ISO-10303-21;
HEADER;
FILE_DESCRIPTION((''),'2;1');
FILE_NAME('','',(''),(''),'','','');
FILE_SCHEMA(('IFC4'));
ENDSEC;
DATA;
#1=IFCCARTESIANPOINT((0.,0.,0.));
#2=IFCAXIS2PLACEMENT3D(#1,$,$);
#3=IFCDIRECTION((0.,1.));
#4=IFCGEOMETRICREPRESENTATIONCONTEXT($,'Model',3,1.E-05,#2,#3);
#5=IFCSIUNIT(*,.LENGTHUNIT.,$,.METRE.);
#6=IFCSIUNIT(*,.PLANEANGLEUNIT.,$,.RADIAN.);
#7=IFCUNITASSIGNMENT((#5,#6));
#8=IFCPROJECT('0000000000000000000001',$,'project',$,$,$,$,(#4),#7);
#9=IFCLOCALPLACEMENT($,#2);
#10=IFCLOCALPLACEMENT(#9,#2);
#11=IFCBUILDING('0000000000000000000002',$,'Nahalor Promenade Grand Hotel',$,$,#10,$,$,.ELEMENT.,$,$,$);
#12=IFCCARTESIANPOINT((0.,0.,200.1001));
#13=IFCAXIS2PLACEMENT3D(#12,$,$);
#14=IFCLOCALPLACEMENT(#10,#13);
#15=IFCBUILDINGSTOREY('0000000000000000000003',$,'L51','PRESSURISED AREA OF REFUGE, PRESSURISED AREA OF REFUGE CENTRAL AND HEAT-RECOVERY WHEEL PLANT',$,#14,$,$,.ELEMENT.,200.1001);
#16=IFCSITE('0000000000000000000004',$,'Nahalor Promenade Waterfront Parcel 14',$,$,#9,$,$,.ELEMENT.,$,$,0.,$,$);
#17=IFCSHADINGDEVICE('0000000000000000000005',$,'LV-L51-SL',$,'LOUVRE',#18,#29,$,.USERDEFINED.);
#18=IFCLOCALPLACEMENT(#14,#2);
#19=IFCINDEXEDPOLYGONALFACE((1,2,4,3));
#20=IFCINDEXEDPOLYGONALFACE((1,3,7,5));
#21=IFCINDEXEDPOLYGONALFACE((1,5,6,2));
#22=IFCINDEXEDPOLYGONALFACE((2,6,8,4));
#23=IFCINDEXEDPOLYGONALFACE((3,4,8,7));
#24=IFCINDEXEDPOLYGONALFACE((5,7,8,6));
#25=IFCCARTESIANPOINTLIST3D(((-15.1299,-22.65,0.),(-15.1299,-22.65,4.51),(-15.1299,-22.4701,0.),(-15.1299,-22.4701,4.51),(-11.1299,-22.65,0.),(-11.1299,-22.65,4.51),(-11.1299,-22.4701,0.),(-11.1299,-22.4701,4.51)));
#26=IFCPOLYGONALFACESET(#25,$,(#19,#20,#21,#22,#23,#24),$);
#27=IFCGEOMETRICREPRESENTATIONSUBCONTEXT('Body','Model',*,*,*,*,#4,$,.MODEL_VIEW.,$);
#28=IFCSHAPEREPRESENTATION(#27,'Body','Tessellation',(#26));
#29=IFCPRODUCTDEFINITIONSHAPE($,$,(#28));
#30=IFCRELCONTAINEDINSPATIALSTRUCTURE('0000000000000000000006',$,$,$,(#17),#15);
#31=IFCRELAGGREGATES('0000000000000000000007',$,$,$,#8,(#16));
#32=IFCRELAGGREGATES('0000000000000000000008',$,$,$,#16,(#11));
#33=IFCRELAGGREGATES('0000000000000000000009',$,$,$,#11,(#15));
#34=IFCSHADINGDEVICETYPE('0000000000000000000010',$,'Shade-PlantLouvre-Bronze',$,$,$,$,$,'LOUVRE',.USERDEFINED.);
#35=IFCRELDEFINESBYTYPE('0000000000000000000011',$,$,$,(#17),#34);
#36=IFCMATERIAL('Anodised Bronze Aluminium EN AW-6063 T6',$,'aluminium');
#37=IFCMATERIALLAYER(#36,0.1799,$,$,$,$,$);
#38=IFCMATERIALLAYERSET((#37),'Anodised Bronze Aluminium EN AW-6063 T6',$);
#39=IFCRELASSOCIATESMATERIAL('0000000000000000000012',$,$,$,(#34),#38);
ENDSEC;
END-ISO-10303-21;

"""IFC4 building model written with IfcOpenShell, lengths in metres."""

from ifc_helpers import new_model, si_unit, direction, frame, origin, origin_2d, place, context, subcontext, project, spatial, rectangle, extrude, source, transform, mapped, material, layer, layer_set, type_object, element, save


model = new_model("IFC4")

# Units and contexts
model_context = context("Model", 3, precision=1e-05, world=origin(), true_north=direction((0.0, 1.0)))
body_context = subcontext(model_context, "Body", "Model", "MODEL_VIEW")
ifc_project = project(units=[si_unit("LENGTHUNIT", "METRE"), si_unit("PLANEANGLEUNIT", "RADIAN")], contexts=[model_context])

# Site, building, storey
site_placement = place(None, origin())
site = spatial("IfcSite", under=ifc_project, at=site_placement, Name="Nahalor Promenade Waterfront Parcel 14", CompositionType="ELEMENT", RefElevation=0.0)
building_placement = place(site_placement, origin())
building = spatial("IfcBuilding", under=site, at=building_placement, Name="Nahalor Promenade Grand Hotel", CompositionType="ELEMENT")
storey_placement = place(building_placement, frame((0.0, 0.0, 200.1001)))
storey = spatial("IfcBuildingStorey", under=building, at=storey_placement, Name="L51", Description="PRESSURISED AREA OF REFUGE, PRESSURISED AREA OF REFUGE CENTRAL AND HEAT-RECOVERY WHEEL PLANT", CompositionType="ELEMENT", Elevation=200.1001)

# Shading device
ifc_material_1 = material(Name="Anodised Bronze Aluminium EN AW-6063 T6", Category="aluminium")
ifc_layer_1 = layer(ifc_material_1, 0.1799)
ifc_layer_set_1 = layer_set([ifc_layer_1], Name="Anodised Bronze Aluminium EN AW-6063 T6")
shading_device_type = type_object("IfcShadingDeviceType", Name="Shade-PlantLouvre-Bronze", ElementType="LOUVRE", PredefinedType="USERDEFINED", material=ifc_layer_set_1)
shared_shape_1 = source(origin(), body_context, "Body", "SweptSolid", [
    extrude(rectangle(XDim=4.0, YDim=0.1799, at=origin_2d()), origin(), (0.0, 0.0, 1.0), 4.51),
])
shading_device_placement = place(storey_placement, frame((-13.1299, -22.5601, 0.0), z_axis=(0.0, 0.0, 1.0), x_axis=(1.0, 0.0, 0.0)))
element("IfcShadingDevice", 1, at=shading_device_placement, inside=storey, type_object=shading_device_type, Name="LV-L51-SL", ObjectType="LOUVRE", PredefinedType="USERDEFINED", context=body_context, shape_type="MappedRepresentation", body=[
    mapped(shared_shape_1, transform((0.0, 0.0, 0.0), scale=1.0)),
])

save(model, "model.ifc")
